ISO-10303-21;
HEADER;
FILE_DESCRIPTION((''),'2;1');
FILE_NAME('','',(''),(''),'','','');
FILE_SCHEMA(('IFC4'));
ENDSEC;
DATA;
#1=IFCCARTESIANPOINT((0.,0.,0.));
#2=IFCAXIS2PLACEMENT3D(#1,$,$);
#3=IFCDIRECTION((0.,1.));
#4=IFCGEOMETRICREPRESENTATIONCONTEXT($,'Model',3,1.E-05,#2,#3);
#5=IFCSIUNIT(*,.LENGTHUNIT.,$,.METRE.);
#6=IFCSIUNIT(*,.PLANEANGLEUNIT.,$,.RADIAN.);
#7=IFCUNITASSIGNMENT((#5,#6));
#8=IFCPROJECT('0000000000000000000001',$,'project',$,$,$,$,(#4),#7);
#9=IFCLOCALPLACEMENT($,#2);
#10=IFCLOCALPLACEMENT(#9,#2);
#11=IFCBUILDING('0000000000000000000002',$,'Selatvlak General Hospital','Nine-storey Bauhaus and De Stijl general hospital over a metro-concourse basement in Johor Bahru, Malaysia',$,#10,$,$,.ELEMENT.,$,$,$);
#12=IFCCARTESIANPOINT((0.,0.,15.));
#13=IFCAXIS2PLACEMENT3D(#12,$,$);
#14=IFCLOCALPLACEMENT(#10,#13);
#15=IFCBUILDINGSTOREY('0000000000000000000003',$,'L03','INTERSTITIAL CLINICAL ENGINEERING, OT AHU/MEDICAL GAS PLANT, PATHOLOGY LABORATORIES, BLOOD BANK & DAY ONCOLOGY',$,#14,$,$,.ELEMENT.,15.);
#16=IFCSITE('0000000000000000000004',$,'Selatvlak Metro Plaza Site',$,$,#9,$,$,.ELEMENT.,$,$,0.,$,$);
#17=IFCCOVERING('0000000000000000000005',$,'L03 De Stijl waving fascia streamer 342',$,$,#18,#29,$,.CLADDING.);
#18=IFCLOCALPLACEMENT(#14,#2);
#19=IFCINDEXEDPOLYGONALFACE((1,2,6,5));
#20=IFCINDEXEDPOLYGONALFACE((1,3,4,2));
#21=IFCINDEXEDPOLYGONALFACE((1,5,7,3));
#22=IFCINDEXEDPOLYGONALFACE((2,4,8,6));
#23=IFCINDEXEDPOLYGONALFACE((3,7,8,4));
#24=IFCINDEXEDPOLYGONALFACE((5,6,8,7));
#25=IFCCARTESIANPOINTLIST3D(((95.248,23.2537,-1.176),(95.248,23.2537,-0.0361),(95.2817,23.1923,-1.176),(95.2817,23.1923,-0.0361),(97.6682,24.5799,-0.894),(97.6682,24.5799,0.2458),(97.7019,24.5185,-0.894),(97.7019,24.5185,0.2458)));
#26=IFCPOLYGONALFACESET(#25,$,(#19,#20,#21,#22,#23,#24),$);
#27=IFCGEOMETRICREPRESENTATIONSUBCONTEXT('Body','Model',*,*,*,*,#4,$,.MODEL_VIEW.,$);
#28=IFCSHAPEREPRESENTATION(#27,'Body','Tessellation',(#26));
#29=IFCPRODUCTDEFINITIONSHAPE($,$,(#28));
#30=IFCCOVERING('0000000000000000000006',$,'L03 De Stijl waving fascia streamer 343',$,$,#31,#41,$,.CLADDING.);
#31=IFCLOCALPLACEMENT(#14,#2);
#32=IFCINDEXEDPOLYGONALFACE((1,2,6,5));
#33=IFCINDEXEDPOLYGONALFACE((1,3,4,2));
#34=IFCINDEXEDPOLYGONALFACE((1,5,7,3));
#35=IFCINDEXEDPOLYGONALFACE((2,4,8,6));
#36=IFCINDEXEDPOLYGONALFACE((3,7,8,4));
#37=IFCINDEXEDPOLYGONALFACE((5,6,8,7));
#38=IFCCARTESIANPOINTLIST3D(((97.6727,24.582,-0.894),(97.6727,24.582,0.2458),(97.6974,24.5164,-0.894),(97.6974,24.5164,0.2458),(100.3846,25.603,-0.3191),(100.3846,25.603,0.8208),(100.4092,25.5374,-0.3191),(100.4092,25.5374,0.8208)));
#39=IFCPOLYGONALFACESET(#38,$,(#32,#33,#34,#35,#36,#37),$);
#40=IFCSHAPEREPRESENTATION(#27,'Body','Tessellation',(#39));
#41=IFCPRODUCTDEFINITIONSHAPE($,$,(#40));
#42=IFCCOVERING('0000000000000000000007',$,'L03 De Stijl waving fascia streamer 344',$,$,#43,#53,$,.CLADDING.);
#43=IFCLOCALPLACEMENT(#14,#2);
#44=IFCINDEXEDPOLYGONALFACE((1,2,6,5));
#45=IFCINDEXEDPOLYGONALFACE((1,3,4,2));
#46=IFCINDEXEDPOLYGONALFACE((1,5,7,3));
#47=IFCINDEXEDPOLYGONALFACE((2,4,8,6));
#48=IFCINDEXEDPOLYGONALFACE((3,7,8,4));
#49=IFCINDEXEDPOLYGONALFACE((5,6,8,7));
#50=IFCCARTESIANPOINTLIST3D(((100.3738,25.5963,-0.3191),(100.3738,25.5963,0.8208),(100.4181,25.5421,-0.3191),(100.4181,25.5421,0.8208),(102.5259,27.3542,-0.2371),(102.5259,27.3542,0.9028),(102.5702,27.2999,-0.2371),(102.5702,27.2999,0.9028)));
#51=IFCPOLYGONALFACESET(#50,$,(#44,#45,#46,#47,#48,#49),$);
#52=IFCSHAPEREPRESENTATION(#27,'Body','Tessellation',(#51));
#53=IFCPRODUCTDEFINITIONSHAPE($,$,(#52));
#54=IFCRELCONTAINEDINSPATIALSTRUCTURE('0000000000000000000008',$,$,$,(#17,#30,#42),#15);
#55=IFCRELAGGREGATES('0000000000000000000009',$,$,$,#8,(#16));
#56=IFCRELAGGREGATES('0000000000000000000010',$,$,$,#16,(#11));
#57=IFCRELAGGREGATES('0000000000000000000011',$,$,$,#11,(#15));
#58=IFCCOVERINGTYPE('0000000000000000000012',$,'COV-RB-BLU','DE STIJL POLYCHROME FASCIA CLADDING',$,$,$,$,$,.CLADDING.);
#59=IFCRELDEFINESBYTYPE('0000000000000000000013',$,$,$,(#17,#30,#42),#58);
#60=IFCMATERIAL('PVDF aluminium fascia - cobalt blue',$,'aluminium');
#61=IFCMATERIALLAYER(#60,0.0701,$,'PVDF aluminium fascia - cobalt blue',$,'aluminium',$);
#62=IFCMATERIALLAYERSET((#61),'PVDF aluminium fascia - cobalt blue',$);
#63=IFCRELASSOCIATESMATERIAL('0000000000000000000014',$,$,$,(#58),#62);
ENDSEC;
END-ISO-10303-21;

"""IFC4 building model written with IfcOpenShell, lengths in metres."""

from ifc_helpers import new_model, si_unit, direction, frame, origin, place, context, subcontext, project, spatial, polyline, outline, extrude, material, layer, layer_set, type_object, element, save


model = new_model("IFC4")

# Units and contexts
model_context = context("Model", 3, precision=1e-05, world=origin(), true_north=direction((0.0, 1.0)))
body_context = subcontext(model_context, "Body", "Model", "MODEL_VIEW")
ifc_project = project(units=[si_unit("LENGTHUNIT", "METRE"), si_unit("PLANEANGLEUNIT", "RADIAN")], contexts=[model_context])

# Site, building, storey
site_placement = place(None, origin())
site = spatial("IfcSite", under=ifc_project, at=site_placement, Name="Selatvlak Metro Plaza Site", CompositionType="ELEMENT", RefElevation=0.0)
building_placement = place(site_placement, origin())
building = spatial("IfcBuilding", under=site, at=building_placement, Name="Selatvlak General Hospital", Description="Nine-storey Bauhaus and De Stijl general hospital over a metro-concourse basement in Johor Bahru, Malaysia", CompositionType="ELEMENT")
storey_placement = place(building_placement, frame((0.0, 0.0, 15.0)))
storey = spatial("IfcBuildingStorey", under=building, at=storey_placement, Name="L03", Description="INTERSTITIAL CLINICAL ENGINEERING, OT AHU/MEDICAL GAS PLANT, PATHOLOGY LABORATORIES, BLOOD BANK & DAY ONCOLOGY", CompositionType="ELEMENT", Elevation=15.0)

# Coverings
ifc_material_1 = material(Name="PVDF aluminium fascia - cobalt blue", Category="aluminium")
ifc_layer_1 = layer(ifc_material_1, 0.0701, Name="PVDF aluminium fascia - cobalt blue", Category="aluminium")
ifc_layer_set_1 = layer_set([ifc_layer_1], Name="PVDF aluminium fascia - cobalt blue")
covering_type = type_object("IfcCoveringType", Name="COV-RB-BLU", Description="DE STIJL POLYCHROME FASCIA CLADDING", PredefinedType="CLADDING", material=ifc_layer_set_1)
covering_1_placement = place(storey_placement, frame((95.2649, 23.2229, -1.176), z_axis=(0.0, 0.0, 1.0), x_axis=(0.876968, 0.48055, 0.0)))
element("IfcCovering", 1, at=covering_1_placement, inside=storey, type_object=covering_type, Name="L03 De Stijl waving fascia streamer 342", PredefinedType="CLADDING", context=body_context, shape_type="SweptSolid", body=[
    extrude(outline(polyline([(0.0, 0.0), (2.7598, 0.282), (2.7598, 1.4219), (0.0, 1.1399), (0.0, 0.0)])), frame((0.0, 0.0352, 0.0), z_axis=(0.0, -1.0, 0.0), x_axis=(1.0, 0.0, 0.0)), (0.0, 0.0, 1.0), 0.0701),
])
covering_2_placement = place(storey_placement, frame((97.6851, 24.5491, -0.894), z_axis=(0.0, 0.0, 1.0), x_axis=(0.935871, 0.352342, 0.0)))
element("IfcCovering", 2, at=covering_2_placement, inside=storey, type_object=covering_type, Name="L03 De Stijl waving fascia streamer 343", PredefinedType="CLADDING", context=body_context, shape_type="SweptSolid", body=[
    extrude(outline(polyline([(0.0, 0.0), (2.8977, 0.575), (2.8977, 1.7148), (0.0, 1.1399), (0.0, 0.0)])), frame((0.0, 0.0352, 0.0), z_axis=(0.0, -1.0, 0.0), x_axis=(1.0, 0.0, 0.0)), (0.0, 0.0, 1.0), 0.0701),
])
covering_3_placement = place(storey_placement, frame((100.396, 25.5691, -0.3191), z_axis=(0.0, 0.0, 1.0), x_axis=(0.774485, 0.632592, 0.0)))
element("IfcCovering", 3, at=covering_3_placement, inside=storey, type_object=covering_type, Name="L03 De Stijl waving fascia streamer 344", PredefinedType="CLADDING", context=body_context, shape_type="SweptSolid", body=[
    extrude(outline(polyline([(0.0, 0.0), (2.7788, 0.082), (2.7788, 1.2219), (0.0, 1.1399), (0.0, 0.0)])), frame((0.0, 0.0352, 0.0), z_axis=(0.0, -1.0, 0.0), x_axis=(1.0, 0.0, 0.0)), (0.0, 0.0, 1.0), 0.0701),
])

save(model, "model.ifc")
